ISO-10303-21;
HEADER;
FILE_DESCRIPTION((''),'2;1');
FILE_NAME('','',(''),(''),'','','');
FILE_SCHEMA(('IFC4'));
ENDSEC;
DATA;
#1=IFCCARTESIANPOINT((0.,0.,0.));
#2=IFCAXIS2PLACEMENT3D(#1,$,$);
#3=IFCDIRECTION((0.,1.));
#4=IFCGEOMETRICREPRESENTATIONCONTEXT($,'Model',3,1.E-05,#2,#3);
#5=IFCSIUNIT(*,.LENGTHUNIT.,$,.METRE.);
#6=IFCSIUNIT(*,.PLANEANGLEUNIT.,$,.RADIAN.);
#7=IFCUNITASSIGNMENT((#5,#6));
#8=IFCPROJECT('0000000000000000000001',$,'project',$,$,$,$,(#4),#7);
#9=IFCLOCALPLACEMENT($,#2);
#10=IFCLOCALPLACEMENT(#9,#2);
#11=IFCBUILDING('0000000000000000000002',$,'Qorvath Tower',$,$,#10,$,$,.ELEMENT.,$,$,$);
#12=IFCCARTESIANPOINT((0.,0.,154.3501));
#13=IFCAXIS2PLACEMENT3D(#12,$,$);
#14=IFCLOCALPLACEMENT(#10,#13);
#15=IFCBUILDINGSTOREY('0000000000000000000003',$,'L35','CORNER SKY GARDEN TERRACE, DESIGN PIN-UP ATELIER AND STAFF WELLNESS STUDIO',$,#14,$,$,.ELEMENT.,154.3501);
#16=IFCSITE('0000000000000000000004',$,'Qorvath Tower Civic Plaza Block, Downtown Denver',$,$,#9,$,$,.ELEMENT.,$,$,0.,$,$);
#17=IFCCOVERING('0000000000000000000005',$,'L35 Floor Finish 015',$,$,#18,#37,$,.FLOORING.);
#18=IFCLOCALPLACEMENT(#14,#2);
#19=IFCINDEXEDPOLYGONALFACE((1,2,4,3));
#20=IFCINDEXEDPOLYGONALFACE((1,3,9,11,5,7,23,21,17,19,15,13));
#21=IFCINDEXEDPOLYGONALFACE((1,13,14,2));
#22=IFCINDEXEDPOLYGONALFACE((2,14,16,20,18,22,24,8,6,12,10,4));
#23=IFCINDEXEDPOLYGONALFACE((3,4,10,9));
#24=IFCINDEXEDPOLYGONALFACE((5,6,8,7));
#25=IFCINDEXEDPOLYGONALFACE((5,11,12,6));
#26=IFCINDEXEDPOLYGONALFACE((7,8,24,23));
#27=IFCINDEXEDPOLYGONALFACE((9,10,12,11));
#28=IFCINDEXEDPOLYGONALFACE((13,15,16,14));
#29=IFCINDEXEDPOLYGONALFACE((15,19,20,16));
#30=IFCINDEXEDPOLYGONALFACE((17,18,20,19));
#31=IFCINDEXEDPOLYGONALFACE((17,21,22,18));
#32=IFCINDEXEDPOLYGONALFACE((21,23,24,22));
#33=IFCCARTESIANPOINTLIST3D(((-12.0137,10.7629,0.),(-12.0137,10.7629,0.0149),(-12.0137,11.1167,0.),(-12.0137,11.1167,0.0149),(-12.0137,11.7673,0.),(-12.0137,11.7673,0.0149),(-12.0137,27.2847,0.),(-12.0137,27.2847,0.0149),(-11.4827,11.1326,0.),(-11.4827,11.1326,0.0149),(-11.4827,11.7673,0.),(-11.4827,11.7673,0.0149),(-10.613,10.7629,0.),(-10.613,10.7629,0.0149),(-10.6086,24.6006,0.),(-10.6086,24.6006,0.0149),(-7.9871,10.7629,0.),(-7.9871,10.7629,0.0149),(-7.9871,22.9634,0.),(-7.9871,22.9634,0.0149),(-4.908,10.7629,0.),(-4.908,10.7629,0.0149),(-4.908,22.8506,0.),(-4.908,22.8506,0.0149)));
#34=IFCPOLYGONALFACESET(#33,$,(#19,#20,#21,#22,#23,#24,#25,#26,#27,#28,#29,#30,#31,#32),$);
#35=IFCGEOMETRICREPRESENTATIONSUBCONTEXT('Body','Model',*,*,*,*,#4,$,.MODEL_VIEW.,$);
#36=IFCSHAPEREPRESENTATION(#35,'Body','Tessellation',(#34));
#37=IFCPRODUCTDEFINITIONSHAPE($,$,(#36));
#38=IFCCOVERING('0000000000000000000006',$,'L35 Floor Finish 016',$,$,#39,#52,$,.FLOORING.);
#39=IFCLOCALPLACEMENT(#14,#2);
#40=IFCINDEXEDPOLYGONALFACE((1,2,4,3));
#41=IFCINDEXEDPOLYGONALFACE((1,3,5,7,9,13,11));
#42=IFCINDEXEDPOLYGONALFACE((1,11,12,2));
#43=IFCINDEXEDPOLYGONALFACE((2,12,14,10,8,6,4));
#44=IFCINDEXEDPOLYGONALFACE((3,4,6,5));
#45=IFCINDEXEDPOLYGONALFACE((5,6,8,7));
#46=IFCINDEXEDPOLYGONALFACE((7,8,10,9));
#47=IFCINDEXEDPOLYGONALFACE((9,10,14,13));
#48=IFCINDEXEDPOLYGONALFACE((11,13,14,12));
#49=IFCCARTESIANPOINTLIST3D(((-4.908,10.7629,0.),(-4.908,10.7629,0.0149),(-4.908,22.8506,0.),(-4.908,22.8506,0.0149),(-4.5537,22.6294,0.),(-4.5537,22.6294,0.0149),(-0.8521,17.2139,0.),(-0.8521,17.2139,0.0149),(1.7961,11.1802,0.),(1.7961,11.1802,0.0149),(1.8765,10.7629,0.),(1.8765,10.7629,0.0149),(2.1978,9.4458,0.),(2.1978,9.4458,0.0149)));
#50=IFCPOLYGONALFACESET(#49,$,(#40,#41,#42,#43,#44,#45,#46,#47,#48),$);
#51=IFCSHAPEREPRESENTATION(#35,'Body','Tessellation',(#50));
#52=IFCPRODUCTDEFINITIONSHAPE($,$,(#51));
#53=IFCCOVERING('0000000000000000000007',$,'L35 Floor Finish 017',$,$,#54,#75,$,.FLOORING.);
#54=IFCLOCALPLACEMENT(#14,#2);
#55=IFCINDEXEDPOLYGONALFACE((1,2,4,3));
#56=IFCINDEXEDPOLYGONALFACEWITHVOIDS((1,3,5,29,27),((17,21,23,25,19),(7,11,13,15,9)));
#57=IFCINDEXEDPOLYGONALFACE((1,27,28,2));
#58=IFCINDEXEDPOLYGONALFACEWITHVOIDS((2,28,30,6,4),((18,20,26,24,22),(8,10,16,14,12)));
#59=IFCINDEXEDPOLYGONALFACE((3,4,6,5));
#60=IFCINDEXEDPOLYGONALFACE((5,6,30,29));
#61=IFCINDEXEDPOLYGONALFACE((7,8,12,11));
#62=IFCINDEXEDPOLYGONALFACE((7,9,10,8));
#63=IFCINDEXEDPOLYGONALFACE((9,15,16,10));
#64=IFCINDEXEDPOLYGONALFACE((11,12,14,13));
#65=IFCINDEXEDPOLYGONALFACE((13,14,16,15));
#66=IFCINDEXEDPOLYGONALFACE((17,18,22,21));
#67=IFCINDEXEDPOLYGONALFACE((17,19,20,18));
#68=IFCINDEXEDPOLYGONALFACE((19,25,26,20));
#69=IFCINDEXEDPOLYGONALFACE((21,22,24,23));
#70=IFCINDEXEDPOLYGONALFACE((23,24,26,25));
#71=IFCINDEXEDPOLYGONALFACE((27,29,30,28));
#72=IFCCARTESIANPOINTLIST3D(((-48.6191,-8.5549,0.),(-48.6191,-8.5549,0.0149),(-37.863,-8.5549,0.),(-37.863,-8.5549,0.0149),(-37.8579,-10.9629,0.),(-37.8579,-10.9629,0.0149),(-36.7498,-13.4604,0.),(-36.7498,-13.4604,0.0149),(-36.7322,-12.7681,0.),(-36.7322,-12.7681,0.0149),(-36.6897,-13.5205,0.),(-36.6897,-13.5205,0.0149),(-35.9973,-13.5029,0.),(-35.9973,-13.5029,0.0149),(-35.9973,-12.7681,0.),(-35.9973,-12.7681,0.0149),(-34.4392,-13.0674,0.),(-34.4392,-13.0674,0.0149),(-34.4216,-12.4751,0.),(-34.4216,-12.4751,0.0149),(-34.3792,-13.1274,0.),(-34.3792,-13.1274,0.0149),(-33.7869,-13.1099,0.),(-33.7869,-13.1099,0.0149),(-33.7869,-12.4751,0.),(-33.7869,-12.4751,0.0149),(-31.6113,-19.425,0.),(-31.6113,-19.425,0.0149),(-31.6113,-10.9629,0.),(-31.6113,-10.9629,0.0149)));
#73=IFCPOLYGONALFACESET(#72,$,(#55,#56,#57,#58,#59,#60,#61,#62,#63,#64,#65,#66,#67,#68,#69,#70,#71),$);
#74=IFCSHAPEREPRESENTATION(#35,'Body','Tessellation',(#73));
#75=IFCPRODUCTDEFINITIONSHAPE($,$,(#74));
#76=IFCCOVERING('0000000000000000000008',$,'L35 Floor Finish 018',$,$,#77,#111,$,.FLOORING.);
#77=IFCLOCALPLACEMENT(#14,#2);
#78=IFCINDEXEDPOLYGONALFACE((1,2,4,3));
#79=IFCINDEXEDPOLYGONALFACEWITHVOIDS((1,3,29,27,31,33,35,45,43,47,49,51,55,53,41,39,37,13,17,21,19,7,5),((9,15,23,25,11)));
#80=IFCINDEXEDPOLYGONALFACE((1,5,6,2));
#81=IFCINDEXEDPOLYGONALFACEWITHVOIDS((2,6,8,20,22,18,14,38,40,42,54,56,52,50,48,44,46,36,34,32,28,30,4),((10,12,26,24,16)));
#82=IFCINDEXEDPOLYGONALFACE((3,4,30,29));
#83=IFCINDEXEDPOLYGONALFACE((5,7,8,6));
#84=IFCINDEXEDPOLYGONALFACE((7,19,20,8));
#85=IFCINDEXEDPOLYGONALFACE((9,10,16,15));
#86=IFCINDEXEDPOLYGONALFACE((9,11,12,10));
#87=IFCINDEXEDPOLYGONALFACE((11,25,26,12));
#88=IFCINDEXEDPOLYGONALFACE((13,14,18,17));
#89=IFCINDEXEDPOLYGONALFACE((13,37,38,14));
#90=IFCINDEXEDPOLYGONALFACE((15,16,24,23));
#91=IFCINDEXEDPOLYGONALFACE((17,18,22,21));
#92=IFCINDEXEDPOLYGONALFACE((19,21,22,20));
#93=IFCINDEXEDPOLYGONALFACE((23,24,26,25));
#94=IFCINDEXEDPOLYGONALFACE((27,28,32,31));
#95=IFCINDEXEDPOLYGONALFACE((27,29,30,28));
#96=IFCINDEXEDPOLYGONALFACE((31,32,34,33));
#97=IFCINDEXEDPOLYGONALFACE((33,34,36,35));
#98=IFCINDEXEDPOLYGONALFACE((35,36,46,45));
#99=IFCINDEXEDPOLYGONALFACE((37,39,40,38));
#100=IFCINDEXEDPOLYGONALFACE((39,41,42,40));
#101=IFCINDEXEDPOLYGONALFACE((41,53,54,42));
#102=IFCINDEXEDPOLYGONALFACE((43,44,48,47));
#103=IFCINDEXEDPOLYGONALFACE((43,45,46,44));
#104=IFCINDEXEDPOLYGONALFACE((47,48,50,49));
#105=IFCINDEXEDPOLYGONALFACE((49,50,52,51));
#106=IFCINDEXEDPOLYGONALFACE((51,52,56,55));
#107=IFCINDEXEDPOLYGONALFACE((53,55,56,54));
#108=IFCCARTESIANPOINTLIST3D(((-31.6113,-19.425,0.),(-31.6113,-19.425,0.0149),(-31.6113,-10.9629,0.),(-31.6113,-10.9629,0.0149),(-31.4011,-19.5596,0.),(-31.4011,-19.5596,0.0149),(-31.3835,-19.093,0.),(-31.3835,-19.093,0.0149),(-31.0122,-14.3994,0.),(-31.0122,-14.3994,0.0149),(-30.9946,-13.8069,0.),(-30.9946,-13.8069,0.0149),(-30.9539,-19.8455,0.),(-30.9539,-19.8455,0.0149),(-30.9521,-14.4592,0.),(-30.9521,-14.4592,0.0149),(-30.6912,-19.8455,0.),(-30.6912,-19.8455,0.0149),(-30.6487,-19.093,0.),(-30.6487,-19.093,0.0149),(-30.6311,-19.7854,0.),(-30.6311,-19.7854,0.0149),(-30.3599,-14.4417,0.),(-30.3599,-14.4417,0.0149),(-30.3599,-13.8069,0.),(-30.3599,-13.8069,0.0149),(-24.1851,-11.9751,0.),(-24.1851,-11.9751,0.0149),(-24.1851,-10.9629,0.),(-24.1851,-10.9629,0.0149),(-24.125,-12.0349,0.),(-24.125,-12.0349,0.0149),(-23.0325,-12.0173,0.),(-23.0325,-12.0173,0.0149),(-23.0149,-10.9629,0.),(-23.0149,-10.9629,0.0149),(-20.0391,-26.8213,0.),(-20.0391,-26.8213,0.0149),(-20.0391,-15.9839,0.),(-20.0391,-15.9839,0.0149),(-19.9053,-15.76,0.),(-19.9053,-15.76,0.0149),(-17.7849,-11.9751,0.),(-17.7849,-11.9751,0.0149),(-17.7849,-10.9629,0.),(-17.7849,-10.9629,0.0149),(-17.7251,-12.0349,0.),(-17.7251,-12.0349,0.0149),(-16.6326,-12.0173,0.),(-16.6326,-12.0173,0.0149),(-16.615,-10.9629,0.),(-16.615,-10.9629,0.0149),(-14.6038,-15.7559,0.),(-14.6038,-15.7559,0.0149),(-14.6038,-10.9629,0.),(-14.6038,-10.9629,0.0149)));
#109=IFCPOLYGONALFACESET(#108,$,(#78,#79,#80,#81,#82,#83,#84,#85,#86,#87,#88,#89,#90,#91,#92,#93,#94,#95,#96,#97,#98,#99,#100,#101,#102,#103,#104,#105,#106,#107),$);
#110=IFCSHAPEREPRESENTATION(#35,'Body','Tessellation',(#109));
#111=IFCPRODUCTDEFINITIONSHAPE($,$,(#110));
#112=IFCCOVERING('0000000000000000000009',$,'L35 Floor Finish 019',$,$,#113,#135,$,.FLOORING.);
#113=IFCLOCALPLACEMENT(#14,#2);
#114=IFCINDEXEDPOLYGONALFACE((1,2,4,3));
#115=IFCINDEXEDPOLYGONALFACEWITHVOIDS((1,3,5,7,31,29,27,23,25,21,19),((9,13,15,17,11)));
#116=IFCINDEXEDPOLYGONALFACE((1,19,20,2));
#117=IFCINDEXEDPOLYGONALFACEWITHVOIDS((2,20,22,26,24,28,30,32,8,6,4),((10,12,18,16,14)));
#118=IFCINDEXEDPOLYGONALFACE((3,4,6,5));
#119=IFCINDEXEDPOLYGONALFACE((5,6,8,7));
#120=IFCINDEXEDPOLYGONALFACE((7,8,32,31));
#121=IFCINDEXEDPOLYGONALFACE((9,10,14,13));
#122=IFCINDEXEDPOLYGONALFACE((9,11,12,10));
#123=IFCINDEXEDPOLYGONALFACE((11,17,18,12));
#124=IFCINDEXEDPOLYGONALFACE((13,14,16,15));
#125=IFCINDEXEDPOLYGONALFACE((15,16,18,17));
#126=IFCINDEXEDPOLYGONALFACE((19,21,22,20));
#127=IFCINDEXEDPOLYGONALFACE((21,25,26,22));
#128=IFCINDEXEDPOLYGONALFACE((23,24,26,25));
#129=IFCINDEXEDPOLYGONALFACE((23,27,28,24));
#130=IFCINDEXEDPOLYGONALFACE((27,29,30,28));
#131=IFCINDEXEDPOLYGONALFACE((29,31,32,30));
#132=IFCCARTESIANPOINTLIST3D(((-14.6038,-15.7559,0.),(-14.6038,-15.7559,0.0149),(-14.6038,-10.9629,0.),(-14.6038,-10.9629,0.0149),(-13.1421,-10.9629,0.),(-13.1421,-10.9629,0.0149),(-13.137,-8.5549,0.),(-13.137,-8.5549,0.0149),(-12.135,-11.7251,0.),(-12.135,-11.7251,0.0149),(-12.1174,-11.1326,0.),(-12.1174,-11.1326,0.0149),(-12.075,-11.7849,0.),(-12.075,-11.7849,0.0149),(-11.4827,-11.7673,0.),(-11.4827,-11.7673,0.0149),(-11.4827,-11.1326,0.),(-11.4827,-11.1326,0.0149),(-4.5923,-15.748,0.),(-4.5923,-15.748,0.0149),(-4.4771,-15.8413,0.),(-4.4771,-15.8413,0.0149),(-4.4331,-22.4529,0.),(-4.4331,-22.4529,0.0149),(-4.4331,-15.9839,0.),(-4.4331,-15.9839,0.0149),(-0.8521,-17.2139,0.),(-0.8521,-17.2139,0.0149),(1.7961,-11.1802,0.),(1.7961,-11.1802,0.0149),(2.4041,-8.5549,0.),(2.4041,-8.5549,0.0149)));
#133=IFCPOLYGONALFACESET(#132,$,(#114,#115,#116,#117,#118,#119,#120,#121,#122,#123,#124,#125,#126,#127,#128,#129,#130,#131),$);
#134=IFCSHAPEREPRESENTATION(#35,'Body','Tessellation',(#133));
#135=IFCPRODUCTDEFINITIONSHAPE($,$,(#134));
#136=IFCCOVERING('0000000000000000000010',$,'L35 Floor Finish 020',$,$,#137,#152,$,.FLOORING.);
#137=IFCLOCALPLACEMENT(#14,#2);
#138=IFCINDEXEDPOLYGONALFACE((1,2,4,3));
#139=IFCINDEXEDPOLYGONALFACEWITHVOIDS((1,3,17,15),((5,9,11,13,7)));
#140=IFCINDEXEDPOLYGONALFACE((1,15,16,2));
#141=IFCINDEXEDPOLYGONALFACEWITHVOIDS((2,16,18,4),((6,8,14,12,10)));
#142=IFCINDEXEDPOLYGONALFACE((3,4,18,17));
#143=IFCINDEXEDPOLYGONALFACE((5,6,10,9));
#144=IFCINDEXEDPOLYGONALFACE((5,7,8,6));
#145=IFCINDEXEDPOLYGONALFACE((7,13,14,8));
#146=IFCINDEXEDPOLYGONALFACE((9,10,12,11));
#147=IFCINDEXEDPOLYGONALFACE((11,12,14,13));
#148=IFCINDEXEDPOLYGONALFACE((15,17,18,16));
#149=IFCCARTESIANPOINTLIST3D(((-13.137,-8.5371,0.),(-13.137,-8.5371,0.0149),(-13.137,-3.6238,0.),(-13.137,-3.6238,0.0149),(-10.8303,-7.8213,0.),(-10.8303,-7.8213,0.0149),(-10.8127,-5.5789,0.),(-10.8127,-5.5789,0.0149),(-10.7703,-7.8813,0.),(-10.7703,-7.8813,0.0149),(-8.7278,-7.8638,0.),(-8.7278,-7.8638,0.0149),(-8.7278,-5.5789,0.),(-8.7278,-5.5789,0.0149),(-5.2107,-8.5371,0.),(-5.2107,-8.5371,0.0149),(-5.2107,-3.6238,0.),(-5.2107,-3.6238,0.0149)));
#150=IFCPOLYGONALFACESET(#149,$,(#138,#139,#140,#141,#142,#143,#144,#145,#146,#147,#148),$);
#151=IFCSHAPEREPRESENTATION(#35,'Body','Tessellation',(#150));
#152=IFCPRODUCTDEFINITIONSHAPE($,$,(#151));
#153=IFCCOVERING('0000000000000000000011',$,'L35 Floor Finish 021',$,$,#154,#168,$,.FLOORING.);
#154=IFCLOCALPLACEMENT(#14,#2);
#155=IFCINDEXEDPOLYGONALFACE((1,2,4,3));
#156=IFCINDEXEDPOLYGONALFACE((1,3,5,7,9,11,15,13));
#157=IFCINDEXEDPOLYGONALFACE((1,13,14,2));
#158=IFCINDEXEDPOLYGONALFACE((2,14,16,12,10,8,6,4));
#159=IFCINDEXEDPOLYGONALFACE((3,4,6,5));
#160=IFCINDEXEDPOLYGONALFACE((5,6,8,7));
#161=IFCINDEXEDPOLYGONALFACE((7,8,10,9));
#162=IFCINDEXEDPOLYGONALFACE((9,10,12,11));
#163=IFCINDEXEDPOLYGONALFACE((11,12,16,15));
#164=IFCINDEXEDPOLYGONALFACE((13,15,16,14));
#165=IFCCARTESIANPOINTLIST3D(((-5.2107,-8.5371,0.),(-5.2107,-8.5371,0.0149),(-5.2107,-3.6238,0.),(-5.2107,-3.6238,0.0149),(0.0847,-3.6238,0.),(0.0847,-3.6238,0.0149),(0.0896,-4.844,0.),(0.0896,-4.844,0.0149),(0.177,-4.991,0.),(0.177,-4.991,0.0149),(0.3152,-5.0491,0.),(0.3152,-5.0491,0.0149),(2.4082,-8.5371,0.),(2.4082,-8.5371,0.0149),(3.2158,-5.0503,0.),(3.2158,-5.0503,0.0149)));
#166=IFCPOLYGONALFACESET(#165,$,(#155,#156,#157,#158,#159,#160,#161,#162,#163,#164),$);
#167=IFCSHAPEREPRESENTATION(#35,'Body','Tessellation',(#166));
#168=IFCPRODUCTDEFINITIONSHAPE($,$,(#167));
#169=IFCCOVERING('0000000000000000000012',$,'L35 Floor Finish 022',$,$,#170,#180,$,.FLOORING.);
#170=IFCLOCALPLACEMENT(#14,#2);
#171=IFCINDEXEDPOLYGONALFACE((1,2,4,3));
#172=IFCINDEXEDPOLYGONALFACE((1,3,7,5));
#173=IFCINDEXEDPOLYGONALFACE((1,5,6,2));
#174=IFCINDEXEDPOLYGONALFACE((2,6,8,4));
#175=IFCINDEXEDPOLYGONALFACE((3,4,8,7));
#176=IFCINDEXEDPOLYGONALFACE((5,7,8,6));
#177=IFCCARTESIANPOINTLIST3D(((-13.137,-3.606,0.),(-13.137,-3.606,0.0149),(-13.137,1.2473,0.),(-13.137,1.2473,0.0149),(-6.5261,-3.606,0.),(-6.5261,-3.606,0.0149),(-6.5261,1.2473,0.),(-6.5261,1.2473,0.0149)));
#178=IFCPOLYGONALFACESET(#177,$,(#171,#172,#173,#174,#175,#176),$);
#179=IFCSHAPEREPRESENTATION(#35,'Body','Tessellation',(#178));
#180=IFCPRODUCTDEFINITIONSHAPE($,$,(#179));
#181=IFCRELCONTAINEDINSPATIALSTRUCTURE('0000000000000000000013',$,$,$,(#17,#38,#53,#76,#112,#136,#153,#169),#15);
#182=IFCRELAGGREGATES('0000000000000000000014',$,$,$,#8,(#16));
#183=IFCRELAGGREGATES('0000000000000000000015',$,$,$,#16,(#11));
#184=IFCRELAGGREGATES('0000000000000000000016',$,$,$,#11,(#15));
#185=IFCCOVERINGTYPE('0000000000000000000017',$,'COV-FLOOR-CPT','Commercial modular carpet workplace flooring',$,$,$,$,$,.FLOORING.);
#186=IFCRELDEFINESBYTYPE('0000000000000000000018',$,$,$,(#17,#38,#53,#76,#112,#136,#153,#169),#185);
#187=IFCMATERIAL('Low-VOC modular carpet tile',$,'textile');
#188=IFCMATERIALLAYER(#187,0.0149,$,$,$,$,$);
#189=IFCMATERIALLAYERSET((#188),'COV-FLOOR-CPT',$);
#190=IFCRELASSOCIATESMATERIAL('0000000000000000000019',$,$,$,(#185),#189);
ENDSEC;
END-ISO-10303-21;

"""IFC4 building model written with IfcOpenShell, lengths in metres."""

from ifc_helpers import new_model, si_unit, direction, frame, origin, place, context, subcontext, project, spatial, polyline, outline, extrude, material, layer, layer_set, type_object, element, save


model = new_model("IFC4")

# Units and contexts
model_context = context("Model", 3, precision=1e-05, world=origin(), true_north=direction((0.0, 1.0)))
body_context = subcontext(model_context, "Body", "Model", "MODEL_VIEW")
ifc_project = project(units=[si_unit("LENGTHUNIT", "METRE"), si_unit("PLANEANGLEUNIT", "RADIAN")], contexts=[model_context])

# Site, building, storey
site_placement = place(None, origin())
site = spatial("IfcSite", under=ifc_project, at=site_placement, Name="Qorvath Tower Civic Plaza Block, Downtown Denver", CompositionType="ELEMENT", RefElevation=0.0)
building_placement = place(site_placement, origin())
building = spatial("IfcBuilding", under=site, at=building_placement, Name="Qorvath Tower", CompositionType="ELEMENT")
storey_placement = place(building_placement, frame((0.0, 0.0, 154.3501)))
storey = spatial("IfcBuildingStorey", under=building, at=storey_placement, Name="L35", Description="CORNER SKY GARDEN TERRACE, DESIGN PIN-UP ATELIER AND STAFF WELLNESS STUDIO", CompositionType="ELEMENT", Elevation=154.3501)

# Coverings
ifc_material_1 = material(Name="Low-VOC modular carpet tile", Category="textile")
ifc_layer_1 = layer(ifc_material_1, 0.0149)
ifc_layer_set_1 = layer_set([ifc_layer_1], Name="COV-FLOOR-CPT")
covering_type_1 = type_object("IfcCoveringType", Name="COV-FLOOR-CPT", Description="Commercial modular carpet workplace flooring", PredefinedType="FLOORING", material=ifc_layer_set_1)
covering_1_placement = place(storey_placement, origin())
element("IfcCovering", 1, at=covering_1_placement, inside=storey, type_object=covering_type_1, Name="L35 Floor Finish 015", PredefinedType="FLOORING", context=body_context, shape_type="SweptSolid", body=[
    extrude(outline(polyline([(-4.908, 10.7629), (-4.908, 22.8506), (-12.0137, 27.2847), (-12.0137, 11.7673), (-11.4827, 11.7673), (-11.4827, 11.1326), (-12.0137, 11.1167), (-12.0137, 10.7629), (-10.613, 10.7629), (-10.6086, 24.6006), (-7.9871, 22.9634), (-7.9871, 10.7629), (-4.908, 10.7629)])), origin(), (0.0, 0.0, 1.0), 0.0149),
])
covering_2_placement = place(storey_placement, origin())
element("IfcCovering", 2, at=covering_2_placement, inside=storey, type_object=covering_type_1, Name="L35 Floor Finish 016", PredefinedType="FLOORING", context=body_context, shape_type="SweptSolid", body=[
    extrude(outline(polyline([(-0.8521, 17.2139), (-4.5537, 22.6294), (-4.908, 22.8506), (-4.908, 10.7629), (1.8765, 10.7629), (2.1978, 9.4458), (1.7961, 11.1802), (-0.8521, 17.2139)])), origin(), (0.0, 0.0, 1.0), 0.0149),
])
covering_3_placement = place(storey_placement, origin())
element("IfcCovering", 3, at=covering_3_placement, inside=storey, type_object=covering_type_1, Name="L35 Floor Finish 017", PredefinedType="FLOORING", context=body_context, shape_type="SweptSolid", body=[
    extrude(outline(polyline([(-31.6113, -19.425), (-31.6113, -10.9629), (-37.8579, -10.9629), (-37.863, -8.5549), (-48.6191, -8.5549), (-31.6113, -19.425)]), holes=[polyline([(-34.4392, -13.0674), (-34.4216, -12.4751), (-33.7869, -12.4751), (-33.7869, -13.1099), (-34.3792, -13.1274), (-34.4392, -13.0674)]), polyline([(-36.7498, -13.4604), (-36.7322, -12.7681), (-35.9973, -12.7681), (-35.9973, -13.5029), (-36.6897, -13.5205), (-36.7498, -13.4604)])]), origin(), (0.0, 0.0, 1.0), 0.0149),
])
covering_4_placement = place(storey_placement, origin())
element("IfcCovering", 4, at=covering_4_placement, inside=storey, type_object=covering_type_1, Name="L35 Floor Finish 018", PredefinedType="FLOORING", context=body_context, shape_type="SweptSolid", body=[
    extrude(outline(polyline([(-14.6038, -15.7559), (-14.6038, -10.9629), (-16.615, -10.9629), (-16.6326, -12.0173), (-17.7251, -12.0349), (-17.7849, -11.9751), (-17.7849, -10.9629), (-23.0149, -10.9629), (-23.0325, -12.0173), (-24.125, -12.0349), (-24.1851, -11.9751), (-24.1851, -10.9629), (-31.6113, -10.9629), (-31.6113, -19.425), (-31.4011, -19.5596), (-31.3835, -19.093), (-30.6487, -19.093), (-30.6311, -19.7854), (-30.6912, -19.8455), (-30.9539, -19.8455), (-20.0391, -26.8213), (-20.0391, -15.9839), (-19.9053, -15.76), (-14.6038, -15.7559)]), holes=[polyline([(-31.0122, -14.3994), (-30.9946, -13.8069), (-30.3599, -13.8069), (-30.3599, -14.4417), (-30.9521, -14.4592), (-31.0122, -14.3994)])]), origin(), (0.0, 0.0, 1.0), 0.0149),
])
covering_5_placement = place(storey_placement, origin())
element("IfcCovering", 5, at=covering_5_placement, inside=storey, type_object=covering_type_1, Name="L35 Floor Finish 019", PredefinedType="FLOORING", context=body_context, shape_type="SweptSolid", body=[
    extrude(outline(polyline([(-4.4331, -15.9839), (-4.4331, -22.4529), (-0.8521, -17.2139), (1.7961, -11.1802), (2.4041, -8.5549), (-13.137, -8.5549), (-13.1421, -10.9629), (-14.6038, -10.9629), (-14.6038, -15.7559), (-4.5923, -15.748), (-4.4771, -15.8413), (-4.4331, -15.9839)]), holes=[polyline([(-12.135, -11.7251), (-12.1174, -11.1326), (-11.4827, -11.1326), (-11.4827, -11.7673), (-12.075, -11.7849), (-12.135, -11.7251)])]), origin(), (0.0, 0.0, 1.0), 0.0149),
])
covering_6_placement = place(storey_placement, origin())
element("IfcCovering", 6, at=covering_6_placement, inside=storey, type_object=covering_type_1, Name="L35 Floor Finish 020", PredefinedType="FLOORING", context=body_context, shape_type="SweptSolid", body=[
    extrude(outline(polyline([(-5.2107, -8.5371), (-5.2107, -3.6238), (-13.137, -3.6238), (-13.137, -8.5371), (-5.2107, -8.5371)]), holes=[polyline([(-10.8303, -7.8213), (-10.8127, -5.5789), (-8.7278, -5.5789), (-8.7278, -7.8638), (-10.7703, -7.8813), (-10.8303, -7.8213)])]), origin(), (0.0, 0.0, 1.0), 0.0149),
])
covering_7_placement = place(storey_placement, origin())
element("IfcCovering", 7, at=covering_7_placement, inside=storey, type_object=covering_type_1, Name="L35 Floor Finish 021", PredefinedType="FLOORING", context=body_context, shape_type="SweptSolid", body=[
    extrude(outline(polyline([(0.177, -4.991), (0.0896, -4.844), (0.0847, -3.6238), (-5.2107, -3.6238), (-5.2107, -8.5371), (2.4082, -8.5371), (3.2158, -5.0503), (0.3152, -5.0491), (0.177, -4.991)])), origin(), (0.0, 0.0, 1.0), 0.0149),
])
covering_8_placement = place(storey_placement, origin())
element("IfcCovering", 8, at=covering_8_placement, inside=storey, type_object=covering_type_1, Name="L35 Floor Finish 022", PredefinedType="FLOORING", context=body_context, shape_type="SweptSolid", body=[
    extrude(outline(polyline([(-13.137, -3.606), (-6.5261, -3.606), (-6.5261, 1.2473), (-13.137, 1.2473), (-13.137, -3.606)])), origin(), (0.0, 0.0, 1.0), 0.0149),
])

save(model, "model.ifc")
